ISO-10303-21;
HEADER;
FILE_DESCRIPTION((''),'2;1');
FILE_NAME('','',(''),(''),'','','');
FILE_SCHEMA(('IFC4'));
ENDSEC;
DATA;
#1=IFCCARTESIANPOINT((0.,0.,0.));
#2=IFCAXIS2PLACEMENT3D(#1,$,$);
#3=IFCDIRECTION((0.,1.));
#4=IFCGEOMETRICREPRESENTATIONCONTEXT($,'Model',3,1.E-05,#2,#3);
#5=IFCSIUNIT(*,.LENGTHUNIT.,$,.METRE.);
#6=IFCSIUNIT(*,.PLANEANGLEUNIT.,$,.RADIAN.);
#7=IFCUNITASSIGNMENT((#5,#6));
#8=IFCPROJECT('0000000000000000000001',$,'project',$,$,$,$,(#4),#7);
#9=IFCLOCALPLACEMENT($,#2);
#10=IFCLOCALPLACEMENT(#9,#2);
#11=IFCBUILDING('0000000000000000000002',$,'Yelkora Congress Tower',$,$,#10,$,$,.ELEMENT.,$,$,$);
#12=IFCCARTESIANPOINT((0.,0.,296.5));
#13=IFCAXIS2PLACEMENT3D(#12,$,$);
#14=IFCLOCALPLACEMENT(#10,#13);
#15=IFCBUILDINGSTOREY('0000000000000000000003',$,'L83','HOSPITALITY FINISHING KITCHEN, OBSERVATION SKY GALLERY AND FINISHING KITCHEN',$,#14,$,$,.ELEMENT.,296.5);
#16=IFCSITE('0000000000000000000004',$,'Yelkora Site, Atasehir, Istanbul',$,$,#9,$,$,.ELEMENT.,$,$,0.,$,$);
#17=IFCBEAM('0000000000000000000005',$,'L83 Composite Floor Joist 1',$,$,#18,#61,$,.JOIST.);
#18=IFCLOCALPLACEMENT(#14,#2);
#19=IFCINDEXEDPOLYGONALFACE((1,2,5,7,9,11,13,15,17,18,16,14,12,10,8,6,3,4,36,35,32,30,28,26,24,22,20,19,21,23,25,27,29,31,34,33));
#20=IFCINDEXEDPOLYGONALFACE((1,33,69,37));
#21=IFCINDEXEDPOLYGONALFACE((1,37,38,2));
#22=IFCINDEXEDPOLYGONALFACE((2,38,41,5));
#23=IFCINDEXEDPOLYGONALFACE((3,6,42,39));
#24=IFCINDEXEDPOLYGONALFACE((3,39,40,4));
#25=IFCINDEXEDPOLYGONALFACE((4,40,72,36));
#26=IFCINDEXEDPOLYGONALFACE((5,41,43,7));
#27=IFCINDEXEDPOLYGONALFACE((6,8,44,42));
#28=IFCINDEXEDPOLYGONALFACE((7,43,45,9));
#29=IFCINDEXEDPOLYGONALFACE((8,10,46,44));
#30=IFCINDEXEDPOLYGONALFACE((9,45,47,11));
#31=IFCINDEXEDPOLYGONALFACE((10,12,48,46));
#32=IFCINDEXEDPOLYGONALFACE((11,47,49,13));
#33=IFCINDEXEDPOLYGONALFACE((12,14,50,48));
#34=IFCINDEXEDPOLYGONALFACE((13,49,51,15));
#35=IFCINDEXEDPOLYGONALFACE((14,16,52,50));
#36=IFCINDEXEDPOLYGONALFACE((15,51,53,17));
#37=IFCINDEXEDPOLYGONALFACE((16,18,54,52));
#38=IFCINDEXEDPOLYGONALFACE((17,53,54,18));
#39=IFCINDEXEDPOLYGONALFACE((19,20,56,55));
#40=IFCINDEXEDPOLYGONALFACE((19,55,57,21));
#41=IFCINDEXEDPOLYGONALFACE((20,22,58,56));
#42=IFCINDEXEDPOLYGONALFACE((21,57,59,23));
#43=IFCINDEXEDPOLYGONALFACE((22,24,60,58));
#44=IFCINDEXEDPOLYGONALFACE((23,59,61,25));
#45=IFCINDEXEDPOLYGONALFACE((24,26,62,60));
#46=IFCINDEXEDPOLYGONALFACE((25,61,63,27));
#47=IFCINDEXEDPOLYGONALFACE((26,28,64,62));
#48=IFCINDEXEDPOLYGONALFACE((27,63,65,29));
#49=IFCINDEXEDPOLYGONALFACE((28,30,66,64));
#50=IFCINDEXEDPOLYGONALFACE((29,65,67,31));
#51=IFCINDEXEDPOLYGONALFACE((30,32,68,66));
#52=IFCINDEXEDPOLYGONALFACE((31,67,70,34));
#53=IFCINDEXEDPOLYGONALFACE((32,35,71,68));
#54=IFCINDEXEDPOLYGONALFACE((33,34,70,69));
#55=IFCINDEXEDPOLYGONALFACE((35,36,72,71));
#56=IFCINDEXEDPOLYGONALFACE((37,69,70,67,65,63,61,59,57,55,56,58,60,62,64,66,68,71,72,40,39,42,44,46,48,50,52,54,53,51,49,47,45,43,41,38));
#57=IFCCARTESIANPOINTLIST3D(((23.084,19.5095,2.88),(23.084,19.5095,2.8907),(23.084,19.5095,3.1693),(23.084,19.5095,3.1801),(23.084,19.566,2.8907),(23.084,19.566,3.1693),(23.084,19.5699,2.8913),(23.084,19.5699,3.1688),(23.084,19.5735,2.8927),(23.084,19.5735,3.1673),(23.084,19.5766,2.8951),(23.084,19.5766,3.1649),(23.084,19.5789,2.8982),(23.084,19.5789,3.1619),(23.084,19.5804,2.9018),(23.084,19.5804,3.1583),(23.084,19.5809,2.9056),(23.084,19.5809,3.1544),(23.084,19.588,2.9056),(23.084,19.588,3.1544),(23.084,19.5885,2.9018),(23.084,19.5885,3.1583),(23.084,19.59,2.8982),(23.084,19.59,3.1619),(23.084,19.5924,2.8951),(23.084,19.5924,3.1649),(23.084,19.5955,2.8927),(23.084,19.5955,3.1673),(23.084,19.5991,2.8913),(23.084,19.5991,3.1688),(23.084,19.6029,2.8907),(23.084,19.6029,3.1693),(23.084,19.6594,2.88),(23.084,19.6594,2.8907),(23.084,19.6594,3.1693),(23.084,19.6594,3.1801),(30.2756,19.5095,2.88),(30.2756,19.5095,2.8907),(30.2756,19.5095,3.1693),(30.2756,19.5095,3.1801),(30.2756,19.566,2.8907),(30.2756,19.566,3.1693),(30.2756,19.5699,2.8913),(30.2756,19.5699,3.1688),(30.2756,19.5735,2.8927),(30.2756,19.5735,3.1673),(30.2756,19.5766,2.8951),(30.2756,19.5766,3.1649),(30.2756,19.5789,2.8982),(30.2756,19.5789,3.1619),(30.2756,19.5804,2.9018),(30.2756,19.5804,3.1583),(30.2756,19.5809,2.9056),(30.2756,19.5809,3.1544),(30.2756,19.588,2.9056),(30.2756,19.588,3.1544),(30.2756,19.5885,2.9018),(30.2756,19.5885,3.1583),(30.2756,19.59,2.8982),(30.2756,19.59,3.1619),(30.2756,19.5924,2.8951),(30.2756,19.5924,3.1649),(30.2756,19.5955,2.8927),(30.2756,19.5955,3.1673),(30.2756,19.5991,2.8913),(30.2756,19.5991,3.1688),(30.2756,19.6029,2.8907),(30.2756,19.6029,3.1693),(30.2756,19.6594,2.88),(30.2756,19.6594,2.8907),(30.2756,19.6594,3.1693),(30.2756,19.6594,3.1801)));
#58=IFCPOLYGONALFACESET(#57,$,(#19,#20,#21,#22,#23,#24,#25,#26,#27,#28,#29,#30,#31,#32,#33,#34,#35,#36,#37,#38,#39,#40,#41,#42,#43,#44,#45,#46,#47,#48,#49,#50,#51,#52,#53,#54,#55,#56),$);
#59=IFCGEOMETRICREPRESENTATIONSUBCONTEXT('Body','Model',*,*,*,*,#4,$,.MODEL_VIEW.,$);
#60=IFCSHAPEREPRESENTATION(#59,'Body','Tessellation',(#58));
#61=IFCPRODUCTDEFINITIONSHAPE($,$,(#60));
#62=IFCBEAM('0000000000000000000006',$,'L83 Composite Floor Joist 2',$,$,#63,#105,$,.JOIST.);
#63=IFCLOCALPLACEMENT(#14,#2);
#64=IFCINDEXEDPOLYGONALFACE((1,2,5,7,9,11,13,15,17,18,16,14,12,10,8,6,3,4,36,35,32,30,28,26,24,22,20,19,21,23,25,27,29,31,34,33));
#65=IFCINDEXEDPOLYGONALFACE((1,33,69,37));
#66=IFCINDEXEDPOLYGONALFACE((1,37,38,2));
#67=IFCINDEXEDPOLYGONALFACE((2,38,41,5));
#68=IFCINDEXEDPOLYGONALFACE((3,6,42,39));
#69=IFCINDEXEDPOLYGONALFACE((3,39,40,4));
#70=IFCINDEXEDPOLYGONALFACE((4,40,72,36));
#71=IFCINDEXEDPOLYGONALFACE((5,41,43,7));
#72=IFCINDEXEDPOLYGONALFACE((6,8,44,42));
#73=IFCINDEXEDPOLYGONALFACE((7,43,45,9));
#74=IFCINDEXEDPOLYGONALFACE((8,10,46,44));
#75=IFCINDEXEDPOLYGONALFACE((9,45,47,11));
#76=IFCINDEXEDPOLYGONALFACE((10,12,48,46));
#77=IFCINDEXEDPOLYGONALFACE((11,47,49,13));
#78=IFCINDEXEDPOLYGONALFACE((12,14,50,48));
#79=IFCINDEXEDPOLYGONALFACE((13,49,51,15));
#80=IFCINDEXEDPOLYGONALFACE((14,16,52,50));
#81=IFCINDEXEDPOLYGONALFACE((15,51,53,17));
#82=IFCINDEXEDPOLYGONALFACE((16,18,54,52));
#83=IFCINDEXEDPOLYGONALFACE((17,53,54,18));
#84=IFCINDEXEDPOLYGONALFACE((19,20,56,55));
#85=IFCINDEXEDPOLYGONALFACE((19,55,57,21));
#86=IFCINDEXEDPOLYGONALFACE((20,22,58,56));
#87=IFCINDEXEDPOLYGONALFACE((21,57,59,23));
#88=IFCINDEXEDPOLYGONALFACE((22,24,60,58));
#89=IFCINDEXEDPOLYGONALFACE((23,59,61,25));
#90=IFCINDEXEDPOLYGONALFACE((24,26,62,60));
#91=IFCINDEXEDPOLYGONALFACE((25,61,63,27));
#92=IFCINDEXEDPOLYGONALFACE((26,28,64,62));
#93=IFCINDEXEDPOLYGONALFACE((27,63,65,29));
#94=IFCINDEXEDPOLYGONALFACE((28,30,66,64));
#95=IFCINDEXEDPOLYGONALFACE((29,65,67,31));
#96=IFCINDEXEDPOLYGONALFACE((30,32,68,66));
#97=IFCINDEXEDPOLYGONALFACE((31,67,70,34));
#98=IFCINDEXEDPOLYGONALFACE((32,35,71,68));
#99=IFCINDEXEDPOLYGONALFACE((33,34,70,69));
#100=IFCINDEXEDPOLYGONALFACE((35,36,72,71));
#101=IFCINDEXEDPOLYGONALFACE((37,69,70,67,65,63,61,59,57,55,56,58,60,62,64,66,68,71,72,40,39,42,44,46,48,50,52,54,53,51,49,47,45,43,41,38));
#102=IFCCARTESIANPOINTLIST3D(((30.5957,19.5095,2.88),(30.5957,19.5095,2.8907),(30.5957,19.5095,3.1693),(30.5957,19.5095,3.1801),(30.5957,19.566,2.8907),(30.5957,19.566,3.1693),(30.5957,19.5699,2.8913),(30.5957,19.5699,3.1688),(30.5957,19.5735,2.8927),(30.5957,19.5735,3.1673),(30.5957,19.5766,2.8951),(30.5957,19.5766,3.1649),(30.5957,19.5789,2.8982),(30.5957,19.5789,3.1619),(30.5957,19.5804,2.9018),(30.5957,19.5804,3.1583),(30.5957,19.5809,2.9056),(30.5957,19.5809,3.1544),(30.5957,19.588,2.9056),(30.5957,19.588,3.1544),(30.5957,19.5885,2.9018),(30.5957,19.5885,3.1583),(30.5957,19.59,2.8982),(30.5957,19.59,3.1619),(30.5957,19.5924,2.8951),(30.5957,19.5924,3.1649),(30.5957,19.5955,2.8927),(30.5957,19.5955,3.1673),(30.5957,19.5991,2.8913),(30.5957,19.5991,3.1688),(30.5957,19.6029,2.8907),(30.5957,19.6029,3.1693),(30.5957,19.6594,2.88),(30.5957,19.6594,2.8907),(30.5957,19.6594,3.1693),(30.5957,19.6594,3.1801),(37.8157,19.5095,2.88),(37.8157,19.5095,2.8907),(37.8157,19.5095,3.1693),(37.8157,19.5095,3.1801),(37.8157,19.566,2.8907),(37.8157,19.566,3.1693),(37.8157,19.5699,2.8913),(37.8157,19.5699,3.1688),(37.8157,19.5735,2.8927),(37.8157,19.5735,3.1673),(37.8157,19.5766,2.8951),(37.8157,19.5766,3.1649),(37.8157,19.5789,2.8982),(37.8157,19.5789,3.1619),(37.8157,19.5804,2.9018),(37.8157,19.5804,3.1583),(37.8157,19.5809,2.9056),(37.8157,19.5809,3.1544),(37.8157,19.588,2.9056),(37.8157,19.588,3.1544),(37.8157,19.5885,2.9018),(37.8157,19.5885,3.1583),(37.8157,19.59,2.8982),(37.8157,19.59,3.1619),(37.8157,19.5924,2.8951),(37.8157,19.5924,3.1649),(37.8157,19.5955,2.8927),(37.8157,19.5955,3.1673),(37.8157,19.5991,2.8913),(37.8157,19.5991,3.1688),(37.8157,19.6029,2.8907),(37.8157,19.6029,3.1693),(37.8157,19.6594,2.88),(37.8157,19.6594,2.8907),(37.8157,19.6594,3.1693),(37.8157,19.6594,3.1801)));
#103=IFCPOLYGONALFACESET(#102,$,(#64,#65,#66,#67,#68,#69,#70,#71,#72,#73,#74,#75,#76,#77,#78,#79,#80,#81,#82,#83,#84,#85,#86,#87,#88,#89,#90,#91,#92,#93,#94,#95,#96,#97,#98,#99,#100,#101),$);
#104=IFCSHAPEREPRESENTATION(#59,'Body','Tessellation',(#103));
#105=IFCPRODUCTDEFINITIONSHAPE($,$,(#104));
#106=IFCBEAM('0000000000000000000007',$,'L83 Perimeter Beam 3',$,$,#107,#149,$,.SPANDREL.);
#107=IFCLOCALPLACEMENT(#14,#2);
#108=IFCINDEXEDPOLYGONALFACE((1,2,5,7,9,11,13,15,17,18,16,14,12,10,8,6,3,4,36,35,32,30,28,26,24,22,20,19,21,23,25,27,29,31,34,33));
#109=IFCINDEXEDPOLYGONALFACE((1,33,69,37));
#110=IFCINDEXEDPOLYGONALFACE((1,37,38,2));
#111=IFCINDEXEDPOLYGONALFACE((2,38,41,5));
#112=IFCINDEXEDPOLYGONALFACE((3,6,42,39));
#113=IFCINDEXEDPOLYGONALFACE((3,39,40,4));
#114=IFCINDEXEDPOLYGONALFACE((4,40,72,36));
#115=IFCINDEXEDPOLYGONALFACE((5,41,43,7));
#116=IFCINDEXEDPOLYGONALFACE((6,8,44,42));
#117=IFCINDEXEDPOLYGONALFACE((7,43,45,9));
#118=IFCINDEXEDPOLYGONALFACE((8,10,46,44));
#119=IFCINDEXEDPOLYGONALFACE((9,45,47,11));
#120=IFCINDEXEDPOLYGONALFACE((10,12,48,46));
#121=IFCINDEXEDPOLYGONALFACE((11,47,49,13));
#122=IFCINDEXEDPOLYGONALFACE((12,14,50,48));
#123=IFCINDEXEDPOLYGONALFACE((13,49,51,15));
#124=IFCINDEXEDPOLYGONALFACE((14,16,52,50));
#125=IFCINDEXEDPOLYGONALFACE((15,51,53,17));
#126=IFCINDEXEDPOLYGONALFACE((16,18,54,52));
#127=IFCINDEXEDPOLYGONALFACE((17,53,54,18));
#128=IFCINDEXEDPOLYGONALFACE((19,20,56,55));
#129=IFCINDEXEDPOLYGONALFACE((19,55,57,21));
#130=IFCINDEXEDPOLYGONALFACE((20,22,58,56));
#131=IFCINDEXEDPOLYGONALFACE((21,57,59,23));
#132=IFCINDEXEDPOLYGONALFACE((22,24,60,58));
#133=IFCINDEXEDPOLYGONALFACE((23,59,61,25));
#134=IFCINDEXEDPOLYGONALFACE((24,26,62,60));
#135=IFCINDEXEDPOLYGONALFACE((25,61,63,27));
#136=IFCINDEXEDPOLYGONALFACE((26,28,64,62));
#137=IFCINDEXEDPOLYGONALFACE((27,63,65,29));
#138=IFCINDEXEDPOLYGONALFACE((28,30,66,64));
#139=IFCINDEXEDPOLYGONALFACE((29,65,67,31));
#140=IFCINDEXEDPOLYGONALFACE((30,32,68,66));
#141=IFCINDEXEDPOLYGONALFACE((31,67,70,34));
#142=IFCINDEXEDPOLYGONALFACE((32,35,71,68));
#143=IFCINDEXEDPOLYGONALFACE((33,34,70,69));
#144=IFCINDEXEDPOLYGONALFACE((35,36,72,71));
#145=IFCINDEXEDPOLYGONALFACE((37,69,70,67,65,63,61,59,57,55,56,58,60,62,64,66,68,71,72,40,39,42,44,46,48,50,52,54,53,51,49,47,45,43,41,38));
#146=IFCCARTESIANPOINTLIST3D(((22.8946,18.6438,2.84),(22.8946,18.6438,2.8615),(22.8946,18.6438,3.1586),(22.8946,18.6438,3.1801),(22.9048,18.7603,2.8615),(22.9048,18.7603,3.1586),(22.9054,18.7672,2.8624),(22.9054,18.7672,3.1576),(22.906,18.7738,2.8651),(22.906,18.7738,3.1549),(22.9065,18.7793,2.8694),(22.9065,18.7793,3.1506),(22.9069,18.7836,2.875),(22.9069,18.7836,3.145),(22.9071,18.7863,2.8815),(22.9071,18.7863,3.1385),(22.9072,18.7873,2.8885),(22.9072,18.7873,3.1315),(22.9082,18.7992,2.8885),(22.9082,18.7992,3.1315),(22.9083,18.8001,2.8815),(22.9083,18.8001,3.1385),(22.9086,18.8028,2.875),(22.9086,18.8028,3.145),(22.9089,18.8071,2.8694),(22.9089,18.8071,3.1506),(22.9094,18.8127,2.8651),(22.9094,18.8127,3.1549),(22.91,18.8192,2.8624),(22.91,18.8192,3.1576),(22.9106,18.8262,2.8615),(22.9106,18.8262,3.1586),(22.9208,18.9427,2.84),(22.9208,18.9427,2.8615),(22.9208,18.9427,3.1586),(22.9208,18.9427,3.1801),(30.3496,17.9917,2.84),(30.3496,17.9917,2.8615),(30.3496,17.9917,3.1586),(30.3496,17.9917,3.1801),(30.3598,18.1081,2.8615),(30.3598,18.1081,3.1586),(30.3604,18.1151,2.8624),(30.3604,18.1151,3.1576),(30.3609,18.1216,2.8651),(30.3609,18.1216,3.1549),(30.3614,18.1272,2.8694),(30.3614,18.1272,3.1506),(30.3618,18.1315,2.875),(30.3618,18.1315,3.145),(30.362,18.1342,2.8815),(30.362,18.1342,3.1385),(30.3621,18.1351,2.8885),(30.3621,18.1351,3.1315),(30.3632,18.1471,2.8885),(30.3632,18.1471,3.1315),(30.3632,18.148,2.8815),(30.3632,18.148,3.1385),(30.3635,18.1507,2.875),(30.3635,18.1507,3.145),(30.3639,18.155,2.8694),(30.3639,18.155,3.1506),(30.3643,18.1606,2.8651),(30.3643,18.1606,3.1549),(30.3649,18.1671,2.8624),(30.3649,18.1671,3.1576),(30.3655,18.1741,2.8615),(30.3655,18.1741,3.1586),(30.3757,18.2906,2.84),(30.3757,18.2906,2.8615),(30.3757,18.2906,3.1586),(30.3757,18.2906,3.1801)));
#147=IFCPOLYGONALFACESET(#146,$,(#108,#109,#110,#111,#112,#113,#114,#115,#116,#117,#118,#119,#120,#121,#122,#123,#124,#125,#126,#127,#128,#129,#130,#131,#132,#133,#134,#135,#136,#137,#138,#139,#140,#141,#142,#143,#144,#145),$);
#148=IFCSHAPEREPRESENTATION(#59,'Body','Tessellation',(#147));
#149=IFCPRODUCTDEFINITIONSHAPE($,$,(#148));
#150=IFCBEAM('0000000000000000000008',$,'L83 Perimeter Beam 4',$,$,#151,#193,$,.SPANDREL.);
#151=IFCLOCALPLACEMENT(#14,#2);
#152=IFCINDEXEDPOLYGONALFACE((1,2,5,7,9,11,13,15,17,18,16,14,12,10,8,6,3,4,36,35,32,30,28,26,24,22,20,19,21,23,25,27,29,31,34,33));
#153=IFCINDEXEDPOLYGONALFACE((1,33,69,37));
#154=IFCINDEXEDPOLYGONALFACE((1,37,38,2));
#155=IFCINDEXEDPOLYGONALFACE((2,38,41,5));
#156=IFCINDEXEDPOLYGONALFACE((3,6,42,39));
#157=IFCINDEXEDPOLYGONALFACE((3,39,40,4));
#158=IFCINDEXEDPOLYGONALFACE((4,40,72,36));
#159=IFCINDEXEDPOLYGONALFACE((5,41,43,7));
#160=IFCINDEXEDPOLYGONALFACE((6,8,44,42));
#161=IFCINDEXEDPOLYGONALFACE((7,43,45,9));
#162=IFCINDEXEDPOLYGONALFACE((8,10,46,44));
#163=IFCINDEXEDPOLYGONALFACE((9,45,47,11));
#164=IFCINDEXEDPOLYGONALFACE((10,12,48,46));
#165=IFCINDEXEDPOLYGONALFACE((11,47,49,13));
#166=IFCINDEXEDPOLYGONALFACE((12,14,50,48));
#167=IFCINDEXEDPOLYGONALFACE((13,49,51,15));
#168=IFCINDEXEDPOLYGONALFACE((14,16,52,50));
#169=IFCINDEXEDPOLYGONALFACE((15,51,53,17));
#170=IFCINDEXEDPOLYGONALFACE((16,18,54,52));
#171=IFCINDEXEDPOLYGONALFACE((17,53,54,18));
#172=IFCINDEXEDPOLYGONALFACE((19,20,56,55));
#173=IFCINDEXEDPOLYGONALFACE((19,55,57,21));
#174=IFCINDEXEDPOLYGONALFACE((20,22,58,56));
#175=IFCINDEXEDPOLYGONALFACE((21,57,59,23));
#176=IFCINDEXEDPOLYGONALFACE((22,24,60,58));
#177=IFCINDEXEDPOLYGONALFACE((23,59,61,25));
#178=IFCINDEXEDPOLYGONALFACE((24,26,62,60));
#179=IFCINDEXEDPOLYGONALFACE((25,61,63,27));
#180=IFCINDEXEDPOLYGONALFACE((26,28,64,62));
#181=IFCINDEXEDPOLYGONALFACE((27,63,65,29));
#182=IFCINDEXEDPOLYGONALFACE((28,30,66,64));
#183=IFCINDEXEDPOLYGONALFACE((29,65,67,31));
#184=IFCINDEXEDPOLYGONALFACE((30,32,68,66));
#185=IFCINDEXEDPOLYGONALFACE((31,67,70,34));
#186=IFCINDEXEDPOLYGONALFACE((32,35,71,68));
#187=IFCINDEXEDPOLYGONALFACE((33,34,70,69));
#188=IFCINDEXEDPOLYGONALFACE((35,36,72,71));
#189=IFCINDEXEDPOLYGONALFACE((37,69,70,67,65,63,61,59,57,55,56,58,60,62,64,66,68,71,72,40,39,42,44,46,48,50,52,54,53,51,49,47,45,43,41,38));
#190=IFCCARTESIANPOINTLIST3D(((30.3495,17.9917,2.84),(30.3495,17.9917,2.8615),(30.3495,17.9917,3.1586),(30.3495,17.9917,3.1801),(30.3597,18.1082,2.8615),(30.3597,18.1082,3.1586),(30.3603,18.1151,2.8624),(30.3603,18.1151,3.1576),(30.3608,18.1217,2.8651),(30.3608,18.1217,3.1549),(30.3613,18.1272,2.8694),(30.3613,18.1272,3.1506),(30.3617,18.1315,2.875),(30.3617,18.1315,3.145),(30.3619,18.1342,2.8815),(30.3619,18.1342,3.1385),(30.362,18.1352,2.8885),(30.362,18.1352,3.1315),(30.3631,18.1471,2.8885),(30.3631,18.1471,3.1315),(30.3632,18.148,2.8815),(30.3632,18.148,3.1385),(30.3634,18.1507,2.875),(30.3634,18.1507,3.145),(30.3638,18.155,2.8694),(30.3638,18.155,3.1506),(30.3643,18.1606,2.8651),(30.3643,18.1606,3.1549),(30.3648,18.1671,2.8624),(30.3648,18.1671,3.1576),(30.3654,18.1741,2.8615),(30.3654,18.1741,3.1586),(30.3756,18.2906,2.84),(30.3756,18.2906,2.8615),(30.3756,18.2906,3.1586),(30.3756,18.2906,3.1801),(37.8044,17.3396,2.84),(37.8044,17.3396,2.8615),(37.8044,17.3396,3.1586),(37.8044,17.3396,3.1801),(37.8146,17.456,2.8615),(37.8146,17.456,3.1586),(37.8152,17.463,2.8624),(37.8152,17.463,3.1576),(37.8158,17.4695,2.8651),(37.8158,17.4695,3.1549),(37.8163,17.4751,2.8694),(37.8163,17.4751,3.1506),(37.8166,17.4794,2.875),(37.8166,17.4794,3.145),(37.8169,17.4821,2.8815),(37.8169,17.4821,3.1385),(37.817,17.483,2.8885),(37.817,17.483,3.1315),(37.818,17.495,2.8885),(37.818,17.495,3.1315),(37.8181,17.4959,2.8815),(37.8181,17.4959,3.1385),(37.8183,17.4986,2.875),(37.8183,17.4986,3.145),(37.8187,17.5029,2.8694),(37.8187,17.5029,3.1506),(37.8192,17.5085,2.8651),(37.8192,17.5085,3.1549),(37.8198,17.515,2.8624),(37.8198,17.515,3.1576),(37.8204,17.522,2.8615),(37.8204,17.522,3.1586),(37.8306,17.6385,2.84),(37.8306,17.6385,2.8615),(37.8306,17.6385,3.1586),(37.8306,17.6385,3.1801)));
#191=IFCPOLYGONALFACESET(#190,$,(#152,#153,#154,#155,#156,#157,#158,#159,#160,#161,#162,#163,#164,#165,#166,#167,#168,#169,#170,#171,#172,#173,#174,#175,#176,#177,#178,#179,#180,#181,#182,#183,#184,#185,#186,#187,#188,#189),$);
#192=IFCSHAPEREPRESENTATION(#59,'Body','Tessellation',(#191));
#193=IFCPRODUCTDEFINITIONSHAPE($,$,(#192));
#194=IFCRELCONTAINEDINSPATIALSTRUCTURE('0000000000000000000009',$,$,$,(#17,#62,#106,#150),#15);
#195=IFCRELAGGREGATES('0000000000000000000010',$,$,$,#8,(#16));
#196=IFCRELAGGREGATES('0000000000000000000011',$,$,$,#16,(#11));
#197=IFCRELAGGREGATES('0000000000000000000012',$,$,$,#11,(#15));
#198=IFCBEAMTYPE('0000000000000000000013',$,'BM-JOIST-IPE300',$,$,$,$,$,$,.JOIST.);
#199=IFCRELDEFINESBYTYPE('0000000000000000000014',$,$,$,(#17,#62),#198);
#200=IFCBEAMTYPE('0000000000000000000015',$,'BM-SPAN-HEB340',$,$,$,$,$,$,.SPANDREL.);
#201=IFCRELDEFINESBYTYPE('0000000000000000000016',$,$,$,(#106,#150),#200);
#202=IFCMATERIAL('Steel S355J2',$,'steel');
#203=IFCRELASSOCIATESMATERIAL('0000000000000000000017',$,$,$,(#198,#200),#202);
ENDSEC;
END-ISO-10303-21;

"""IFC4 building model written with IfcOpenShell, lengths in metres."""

from ifc_helpers import new_model, si_unit, direction, frame, origin, origin_2d, place, context, subcontext, project, spatial, i_section, extrude, material, material_profile, profile_set, type_object, element, save


model = new_model("IFC4")

# Units and contexts
model_context = context("Model", 3, precision=1e-05, world=origin(), true_north=direction((0.0, 1.0)))
body_context = subcontext(model_context, "Body", "Model", "MODEL_VIEW")
ifc_project = project(units=[si_unit("LENGTHUNIT", "METRE"), si_unit("PLANEANGLEUNIT", "RADIAN")], contexts=[model_context])

# Site, building, storey
site_placement = place(None, origin())
site = spatial("IfcSite", under=ifc_project, at=site_placement, Name="Yelkora Site, Atasehir, Istanbul", CompositionType="ELEMENT", RefElevation=0.0)
building_placement = place(site_placement, origin())
building = spatial("IfcBuilding", under=site, at=building_placement, Name="Yelkora Congress Tower", CompositionType="ELEMENT")
storey_placement = place(building_placement, frame((0.0, 0.0, 296.5)))
storey = spatial("IfcBuildingStorey", under=building, at=storey_placement, Name="L83", Description="HOSPITALITY FINISHING KITCHEN, OBSERVATION SKY GALLERY AND FINISHING KITCHEN", CompositionType="ELEMENT", Elevation=296.5)

# Shared definitions
ifc_material_1 = material(Name="Steel S355J2", Category="steel")

# Beams
ifc_material_profile_1 = material_profile(ifc_material_1, i_section(OverallWidth=0.1499, OverallDepth=0.3, WebThickness=0.0071, FlangeThickness=0.0107, FilletRadius=0.0149, at=origin_2d()), Name="IPE 300")
ifc_profile_set_1 = profile_set([ifc_material_profile_1], Name="Steel S355J2")
beam_type_1 = type_object("IfcBeamType", Name="BM-JOIST-IPE300", PredefinedType="JOIST", material=ifc_profile_set_1)
beam_1_placement = place(storey_placement, frame((23.084, 19.5845, 3.03), z_axis=(1.0, 0.0, 0.0), x_axis=(0.0, 1.0, 0.0)))
element("IfcBeam", 1, at=beam_1_placement, inside=storey, type_object=beam_type_1, Name="L83 Composite Floor Joist 1", PredefinedType="JOIST", context=body_context, shape_type="SweptSolid", body=[
    extrude(i_section(OverallWidth=0.1499, OverallDepth=0.3, WebThickness=0.0071, FlangeThickness=0.0107, FilletRadius=0.0149, at=origin_2d()), origin(), (0.0, 0.0, 1.0), 7.1917),
])
beam_2_placement = place(storey_placement, frame((30.5957, 19.5845, 3.03), z_axis=(1.0, 0.0, 0.0), x_axis=(0.0, 1.0, 0.0)))
element("IfcBeam", 2, at=beam_2_placement, inside=storey, type_object=beam_type_1, Name="L83 Composite Floor Joist 2", PredefinedType="JOIST", context=body_context, shape_type="SweptSolid", body=[
    extrude(i_section(OverallWidth=0.1499, OverallDepth=0.3, WebThickness=0.0071, FlangeThickness=0.0107, FilletRadius=0.0149, at=origin_2d()), origin(), (0.0, 0.0, 1.0), 7.22),
])
ifc_material_profile_2 = material_profile(ifc_material_1, i_section(OverallWidth=0.3, OverallDepth=0.3401, WebThickness=0.012, FlangeThickness=0.0215, FilletRadius=0.0271, at=origin_2d()), Name="HEB 340")
ifc_profile_set_2 = profile_set([ifc_material_profile_2], Name="Steel S355J2")
beam_type_2 = type_object("IfcBeamType", Name="BM-SPAN-HEB340", PredefinedType="SPANDREL", material=ifc_profile_set_2)
for number, where, z_axis, x_axis, name in (
    (3, (22.9077, 18.7932, 3.01), (0.996196, -0.087141, 0.0), (0.087141, 0.996196, 0.0), "L83 Perimeter Beam 3"),
    (4, (30.3625, 18.1411, 3.01), (0.996196, -0.087141, 0.0), (0.087141, 0.996196, 0.0), "L83 Perimeter Beam 4"),
):
    element("IfcBeam", number, at=place(storey_placement, frame(where, z_axis=z_axis, x_axis=x_axis)), inside=storey, type_object=beam_type_2, Name=name, PredefinedType="SPANDREL", context=body_context, shape_type="SweptSolid", body=[
        extrude(i_section(OverallWidth=0.3, OverallDepth=0.3401, WebThickness=0.012, FlangeThickness=0.0215, FilletRadius=0.0271, at=origin_2d()), origin(), (0.0, 0.0, 1.0), 7.4834),
    ])

save(model, "model.ifc")
